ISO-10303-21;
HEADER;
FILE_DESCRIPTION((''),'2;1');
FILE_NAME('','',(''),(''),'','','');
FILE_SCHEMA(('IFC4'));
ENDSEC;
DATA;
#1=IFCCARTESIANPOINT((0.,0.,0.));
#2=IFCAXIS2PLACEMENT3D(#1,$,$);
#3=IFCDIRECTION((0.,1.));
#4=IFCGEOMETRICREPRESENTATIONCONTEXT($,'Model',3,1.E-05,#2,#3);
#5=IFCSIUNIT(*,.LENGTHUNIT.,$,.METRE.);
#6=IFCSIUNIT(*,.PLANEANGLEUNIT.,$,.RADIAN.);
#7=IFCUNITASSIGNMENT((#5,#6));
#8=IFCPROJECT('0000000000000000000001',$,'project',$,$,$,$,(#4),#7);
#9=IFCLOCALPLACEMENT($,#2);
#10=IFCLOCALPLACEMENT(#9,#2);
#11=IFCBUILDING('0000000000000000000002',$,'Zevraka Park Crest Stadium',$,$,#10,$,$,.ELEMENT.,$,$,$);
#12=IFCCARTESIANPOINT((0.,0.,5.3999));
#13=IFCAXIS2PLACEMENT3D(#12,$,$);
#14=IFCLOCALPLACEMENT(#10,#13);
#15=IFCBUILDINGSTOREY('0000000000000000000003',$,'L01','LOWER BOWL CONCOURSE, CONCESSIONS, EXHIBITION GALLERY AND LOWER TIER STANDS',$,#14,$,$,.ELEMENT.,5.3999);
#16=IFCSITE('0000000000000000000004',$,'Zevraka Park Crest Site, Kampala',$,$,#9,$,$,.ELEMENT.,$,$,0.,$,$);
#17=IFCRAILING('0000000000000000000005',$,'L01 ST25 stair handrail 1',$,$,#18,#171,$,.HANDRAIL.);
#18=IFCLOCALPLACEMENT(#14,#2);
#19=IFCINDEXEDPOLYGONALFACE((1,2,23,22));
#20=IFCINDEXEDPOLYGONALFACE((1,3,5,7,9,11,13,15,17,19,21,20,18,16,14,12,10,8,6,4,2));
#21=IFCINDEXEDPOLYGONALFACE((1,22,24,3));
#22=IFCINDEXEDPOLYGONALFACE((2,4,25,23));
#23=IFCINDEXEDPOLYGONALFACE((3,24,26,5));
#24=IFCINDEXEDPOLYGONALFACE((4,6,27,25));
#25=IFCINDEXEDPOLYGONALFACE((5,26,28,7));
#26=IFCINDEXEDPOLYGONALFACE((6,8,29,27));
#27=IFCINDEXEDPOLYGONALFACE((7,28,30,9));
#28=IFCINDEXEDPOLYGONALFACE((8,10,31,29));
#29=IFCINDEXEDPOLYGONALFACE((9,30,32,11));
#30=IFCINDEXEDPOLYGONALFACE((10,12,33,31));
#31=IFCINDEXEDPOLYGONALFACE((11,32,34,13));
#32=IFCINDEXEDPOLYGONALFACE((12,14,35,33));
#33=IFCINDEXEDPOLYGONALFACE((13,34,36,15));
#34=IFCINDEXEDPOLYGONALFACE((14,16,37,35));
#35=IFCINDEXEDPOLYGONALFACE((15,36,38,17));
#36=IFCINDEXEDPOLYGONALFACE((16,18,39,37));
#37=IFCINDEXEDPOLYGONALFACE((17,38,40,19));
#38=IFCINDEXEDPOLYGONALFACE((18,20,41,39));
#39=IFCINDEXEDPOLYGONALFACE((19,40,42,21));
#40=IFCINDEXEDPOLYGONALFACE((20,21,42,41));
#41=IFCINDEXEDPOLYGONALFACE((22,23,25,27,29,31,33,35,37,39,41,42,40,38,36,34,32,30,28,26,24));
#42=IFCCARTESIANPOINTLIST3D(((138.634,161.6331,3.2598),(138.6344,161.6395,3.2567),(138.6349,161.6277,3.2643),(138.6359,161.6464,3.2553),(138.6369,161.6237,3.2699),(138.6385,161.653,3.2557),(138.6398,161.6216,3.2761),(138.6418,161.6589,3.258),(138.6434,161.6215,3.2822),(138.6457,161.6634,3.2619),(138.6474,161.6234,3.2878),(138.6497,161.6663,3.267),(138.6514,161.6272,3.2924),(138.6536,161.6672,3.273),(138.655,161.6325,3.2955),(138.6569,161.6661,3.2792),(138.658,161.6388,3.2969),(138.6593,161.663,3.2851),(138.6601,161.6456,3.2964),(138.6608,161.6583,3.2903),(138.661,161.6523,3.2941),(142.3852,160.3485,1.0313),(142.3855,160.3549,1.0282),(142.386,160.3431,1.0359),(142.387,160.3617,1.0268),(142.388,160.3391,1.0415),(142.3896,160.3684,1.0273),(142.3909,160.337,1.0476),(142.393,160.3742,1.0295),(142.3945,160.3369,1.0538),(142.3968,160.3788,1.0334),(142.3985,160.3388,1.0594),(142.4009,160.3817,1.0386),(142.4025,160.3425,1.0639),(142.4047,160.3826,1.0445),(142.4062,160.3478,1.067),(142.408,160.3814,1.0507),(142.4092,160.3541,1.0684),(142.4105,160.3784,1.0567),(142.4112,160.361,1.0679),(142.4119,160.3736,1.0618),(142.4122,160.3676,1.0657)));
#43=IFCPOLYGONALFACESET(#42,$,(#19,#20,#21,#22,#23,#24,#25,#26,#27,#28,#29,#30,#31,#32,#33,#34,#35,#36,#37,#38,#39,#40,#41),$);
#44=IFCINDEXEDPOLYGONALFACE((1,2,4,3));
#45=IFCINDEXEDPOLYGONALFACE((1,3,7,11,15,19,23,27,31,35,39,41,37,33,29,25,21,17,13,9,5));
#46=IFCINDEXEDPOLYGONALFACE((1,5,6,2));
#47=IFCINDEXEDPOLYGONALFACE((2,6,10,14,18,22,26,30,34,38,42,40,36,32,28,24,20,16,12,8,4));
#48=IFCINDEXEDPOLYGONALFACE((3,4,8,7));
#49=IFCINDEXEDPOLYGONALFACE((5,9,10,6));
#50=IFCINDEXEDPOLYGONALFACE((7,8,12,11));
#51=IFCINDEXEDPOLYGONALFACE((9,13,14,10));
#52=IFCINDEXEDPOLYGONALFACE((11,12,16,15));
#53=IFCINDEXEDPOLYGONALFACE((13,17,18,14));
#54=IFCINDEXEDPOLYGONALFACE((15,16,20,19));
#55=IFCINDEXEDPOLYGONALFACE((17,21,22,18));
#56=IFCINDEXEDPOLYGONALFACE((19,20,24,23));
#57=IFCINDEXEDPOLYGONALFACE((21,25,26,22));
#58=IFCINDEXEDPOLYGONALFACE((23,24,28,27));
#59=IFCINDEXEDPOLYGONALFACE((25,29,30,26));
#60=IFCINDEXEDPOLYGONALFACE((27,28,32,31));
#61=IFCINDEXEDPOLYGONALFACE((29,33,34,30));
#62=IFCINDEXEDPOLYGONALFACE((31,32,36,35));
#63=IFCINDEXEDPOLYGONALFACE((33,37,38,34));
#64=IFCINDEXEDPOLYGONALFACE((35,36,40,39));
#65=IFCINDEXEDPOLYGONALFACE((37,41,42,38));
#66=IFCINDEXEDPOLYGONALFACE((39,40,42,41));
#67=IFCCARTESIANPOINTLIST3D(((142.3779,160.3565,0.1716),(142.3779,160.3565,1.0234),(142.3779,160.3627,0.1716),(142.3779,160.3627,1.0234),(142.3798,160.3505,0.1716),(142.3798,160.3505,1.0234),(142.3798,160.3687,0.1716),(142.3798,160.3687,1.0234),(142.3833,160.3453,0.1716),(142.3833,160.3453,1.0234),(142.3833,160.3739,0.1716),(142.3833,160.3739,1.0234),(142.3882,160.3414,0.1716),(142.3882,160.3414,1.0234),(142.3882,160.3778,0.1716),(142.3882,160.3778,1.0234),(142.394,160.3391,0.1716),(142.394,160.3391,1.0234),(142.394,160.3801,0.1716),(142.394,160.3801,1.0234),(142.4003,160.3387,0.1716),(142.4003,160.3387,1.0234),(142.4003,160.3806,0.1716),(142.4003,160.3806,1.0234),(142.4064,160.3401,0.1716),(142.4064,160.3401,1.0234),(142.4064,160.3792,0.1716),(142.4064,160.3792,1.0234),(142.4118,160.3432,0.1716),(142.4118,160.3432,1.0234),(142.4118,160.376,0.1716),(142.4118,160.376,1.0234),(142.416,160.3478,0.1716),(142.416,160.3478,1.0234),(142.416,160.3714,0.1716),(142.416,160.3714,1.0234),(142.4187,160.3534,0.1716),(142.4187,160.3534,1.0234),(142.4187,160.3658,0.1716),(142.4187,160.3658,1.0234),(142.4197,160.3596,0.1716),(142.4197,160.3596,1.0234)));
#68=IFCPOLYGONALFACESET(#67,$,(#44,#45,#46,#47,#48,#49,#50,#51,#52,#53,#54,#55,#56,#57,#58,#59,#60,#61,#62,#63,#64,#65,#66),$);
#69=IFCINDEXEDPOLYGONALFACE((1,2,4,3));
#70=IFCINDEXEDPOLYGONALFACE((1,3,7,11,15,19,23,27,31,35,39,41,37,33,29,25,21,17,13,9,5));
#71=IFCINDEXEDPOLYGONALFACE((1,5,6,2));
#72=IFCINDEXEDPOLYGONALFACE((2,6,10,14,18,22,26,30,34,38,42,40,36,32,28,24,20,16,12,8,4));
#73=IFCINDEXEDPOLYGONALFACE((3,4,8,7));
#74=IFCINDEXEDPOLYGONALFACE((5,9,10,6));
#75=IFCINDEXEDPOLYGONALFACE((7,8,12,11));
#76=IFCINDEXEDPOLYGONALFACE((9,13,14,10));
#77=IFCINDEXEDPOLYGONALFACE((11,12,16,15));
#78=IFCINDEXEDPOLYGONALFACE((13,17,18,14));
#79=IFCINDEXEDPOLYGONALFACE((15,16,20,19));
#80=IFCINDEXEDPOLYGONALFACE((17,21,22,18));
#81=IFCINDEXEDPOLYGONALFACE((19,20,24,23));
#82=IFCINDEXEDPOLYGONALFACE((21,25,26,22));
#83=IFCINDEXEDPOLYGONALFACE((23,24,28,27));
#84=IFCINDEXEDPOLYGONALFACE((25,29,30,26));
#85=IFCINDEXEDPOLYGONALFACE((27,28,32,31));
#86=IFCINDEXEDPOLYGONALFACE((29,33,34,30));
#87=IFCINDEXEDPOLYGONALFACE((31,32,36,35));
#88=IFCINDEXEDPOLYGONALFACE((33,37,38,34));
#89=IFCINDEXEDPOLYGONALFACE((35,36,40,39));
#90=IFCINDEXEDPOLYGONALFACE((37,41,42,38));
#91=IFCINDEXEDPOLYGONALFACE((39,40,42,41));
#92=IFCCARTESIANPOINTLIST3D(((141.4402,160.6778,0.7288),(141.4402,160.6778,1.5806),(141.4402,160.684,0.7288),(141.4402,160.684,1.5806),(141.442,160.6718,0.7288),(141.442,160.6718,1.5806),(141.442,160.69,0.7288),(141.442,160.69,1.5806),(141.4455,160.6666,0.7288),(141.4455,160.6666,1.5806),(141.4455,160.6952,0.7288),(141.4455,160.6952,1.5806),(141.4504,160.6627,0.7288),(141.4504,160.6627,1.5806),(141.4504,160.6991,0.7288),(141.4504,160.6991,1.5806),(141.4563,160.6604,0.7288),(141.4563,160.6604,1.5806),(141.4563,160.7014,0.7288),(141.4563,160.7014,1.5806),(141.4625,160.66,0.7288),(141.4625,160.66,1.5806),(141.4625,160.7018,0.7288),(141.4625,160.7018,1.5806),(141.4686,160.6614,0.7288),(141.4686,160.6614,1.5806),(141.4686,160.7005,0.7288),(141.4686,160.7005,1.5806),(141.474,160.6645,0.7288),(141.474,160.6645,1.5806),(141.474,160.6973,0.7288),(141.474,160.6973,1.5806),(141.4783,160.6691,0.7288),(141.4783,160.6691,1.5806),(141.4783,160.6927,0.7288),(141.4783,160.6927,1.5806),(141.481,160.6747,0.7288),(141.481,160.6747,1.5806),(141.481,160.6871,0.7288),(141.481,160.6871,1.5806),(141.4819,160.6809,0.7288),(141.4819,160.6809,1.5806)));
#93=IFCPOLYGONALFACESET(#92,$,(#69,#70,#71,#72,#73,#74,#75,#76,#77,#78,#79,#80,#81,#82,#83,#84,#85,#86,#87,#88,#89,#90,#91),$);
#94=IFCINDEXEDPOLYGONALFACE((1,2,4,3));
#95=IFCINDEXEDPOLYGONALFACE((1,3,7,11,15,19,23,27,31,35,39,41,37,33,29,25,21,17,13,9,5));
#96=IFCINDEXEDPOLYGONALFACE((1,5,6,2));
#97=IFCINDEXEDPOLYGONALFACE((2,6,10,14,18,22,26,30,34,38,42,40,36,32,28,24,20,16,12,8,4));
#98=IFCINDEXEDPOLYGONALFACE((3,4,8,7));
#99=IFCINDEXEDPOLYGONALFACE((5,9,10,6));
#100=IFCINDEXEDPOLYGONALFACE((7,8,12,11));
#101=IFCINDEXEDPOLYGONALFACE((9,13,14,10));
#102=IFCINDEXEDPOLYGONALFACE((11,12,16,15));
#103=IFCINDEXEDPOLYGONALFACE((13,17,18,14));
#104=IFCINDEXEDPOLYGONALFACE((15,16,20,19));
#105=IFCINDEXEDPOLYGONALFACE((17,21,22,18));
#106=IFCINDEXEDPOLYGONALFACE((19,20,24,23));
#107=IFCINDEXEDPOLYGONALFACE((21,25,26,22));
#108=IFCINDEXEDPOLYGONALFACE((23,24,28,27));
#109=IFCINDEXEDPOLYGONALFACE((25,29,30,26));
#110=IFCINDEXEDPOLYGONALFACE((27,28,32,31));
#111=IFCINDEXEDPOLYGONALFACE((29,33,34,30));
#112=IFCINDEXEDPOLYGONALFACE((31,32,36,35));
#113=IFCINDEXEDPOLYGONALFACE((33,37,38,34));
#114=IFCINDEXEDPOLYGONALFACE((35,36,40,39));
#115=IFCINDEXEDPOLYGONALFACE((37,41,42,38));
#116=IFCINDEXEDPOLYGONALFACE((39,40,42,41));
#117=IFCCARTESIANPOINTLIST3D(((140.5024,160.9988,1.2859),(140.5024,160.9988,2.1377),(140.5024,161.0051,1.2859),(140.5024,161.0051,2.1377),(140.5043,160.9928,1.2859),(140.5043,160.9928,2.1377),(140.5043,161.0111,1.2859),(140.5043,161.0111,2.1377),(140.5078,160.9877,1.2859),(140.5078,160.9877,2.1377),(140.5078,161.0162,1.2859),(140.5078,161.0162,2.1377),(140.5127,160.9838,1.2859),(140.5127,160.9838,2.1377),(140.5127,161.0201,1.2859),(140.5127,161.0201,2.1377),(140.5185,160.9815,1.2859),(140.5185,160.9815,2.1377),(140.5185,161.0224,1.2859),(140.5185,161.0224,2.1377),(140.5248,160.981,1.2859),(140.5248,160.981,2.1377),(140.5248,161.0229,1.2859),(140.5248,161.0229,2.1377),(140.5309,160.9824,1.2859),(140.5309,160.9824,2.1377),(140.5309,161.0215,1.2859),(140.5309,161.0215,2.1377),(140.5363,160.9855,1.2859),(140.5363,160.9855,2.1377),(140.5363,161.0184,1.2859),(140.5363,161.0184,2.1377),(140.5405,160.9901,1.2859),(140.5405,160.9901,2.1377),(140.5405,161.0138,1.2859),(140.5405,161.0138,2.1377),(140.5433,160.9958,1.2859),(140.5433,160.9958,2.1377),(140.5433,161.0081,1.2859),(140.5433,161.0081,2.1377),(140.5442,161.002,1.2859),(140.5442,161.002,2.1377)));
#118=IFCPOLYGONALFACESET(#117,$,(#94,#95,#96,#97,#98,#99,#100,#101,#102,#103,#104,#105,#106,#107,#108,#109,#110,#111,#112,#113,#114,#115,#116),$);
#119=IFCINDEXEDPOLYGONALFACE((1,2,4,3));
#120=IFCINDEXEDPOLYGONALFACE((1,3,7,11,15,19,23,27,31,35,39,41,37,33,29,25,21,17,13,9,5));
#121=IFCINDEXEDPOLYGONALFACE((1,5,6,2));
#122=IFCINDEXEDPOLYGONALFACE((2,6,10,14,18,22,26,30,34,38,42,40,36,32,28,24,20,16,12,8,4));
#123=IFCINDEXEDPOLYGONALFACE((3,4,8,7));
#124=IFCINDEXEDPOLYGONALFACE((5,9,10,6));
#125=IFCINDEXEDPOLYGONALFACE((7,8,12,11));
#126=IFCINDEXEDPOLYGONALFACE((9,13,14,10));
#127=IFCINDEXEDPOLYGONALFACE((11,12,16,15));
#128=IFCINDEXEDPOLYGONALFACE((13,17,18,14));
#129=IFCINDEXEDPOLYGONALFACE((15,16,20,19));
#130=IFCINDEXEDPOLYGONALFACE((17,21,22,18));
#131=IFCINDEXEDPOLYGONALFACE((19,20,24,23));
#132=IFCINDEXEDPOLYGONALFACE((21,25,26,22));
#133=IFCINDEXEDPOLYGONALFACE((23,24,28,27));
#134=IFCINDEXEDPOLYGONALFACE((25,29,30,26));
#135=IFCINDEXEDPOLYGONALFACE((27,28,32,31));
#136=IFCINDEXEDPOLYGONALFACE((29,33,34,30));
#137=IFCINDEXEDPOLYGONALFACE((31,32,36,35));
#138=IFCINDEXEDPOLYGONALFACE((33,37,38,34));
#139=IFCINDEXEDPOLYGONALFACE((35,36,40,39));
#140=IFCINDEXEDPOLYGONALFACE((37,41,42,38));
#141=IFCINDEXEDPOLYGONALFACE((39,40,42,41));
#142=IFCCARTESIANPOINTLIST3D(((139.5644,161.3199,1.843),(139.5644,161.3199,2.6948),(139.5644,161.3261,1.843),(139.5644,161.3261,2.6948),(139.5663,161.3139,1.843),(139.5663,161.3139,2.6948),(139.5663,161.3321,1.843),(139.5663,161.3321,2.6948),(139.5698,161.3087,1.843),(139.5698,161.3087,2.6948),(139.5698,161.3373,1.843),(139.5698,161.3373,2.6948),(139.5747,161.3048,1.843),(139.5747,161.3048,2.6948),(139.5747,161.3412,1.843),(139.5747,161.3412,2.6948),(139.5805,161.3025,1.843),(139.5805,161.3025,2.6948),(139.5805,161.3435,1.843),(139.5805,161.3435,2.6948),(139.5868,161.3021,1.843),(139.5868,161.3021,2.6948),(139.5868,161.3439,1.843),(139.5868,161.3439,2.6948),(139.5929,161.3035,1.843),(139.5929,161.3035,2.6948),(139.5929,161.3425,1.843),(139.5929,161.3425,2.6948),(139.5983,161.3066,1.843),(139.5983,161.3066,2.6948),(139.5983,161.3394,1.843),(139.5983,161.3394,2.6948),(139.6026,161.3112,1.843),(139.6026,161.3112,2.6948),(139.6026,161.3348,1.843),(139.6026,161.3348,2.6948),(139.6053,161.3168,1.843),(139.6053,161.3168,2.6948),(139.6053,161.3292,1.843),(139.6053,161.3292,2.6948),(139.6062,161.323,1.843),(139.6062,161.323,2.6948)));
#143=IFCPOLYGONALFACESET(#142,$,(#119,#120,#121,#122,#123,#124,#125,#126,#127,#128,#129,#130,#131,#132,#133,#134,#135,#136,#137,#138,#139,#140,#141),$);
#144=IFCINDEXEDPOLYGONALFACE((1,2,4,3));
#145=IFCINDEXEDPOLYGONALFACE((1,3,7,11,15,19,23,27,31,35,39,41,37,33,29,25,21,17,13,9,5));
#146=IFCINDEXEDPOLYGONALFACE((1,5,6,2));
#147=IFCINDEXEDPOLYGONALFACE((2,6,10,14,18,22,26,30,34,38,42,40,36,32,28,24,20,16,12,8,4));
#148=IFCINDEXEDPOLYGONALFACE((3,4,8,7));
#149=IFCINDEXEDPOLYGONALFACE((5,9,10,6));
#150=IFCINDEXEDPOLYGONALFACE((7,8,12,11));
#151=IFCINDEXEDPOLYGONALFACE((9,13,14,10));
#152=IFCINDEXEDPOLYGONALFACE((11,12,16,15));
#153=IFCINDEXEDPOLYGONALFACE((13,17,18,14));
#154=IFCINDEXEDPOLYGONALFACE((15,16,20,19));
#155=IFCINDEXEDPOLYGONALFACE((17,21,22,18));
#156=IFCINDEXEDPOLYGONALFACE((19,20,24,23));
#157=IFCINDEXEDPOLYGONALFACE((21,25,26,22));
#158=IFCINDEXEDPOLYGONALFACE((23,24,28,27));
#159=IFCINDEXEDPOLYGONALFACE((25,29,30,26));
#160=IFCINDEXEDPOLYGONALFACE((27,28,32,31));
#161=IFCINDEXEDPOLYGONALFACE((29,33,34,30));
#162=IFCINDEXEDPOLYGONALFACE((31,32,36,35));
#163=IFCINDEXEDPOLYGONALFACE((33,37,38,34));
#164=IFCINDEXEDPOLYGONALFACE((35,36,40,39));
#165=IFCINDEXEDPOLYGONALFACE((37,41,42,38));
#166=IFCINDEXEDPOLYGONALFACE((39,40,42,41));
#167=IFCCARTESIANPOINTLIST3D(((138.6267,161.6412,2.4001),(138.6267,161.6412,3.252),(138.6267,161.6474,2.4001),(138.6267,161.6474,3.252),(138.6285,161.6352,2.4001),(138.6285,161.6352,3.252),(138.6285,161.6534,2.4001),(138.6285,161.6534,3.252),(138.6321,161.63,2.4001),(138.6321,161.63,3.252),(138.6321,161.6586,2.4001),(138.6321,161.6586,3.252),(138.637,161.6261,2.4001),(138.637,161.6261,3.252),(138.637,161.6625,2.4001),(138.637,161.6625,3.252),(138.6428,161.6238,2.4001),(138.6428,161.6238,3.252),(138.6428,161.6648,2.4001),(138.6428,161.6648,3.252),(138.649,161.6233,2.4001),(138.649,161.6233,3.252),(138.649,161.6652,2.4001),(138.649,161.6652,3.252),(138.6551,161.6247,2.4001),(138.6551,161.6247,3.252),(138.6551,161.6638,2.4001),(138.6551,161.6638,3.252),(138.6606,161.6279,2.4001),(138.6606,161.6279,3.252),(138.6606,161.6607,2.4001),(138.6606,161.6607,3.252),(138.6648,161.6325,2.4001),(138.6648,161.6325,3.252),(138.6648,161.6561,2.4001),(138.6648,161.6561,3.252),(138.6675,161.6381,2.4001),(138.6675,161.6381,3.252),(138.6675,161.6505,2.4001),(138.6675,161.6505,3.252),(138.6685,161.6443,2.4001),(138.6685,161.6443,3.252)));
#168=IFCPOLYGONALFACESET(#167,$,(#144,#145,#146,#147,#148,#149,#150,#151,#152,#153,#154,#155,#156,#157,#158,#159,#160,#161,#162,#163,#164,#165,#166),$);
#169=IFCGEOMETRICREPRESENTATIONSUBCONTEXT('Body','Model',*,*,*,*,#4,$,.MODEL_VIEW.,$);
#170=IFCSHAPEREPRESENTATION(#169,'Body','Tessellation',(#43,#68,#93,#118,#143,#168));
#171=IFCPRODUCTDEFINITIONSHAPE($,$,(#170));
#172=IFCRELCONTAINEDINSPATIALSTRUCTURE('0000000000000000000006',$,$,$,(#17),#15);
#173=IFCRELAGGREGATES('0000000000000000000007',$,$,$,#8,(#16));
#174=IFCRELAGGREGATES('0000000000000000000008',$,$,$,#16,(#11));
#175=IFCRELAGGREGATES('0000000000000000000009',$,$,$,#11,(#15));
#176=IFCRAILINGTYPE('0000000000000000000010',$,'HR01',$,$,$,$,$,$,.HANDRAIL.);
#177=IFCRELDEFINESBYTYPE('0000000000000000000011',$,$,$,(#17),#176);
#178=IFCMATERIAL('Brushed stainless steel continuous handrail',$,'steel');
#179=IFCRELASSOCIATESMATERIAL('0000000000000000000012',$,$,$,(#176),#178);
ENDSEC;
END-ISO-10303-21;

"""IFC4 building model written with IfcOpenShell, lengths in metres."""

from ifc_helpers import new_model, si_unit, direction, frame, origin, origin_2d, place, context, subcontext, project, spatial, circle, extrude, material, type_object, element, save


model = new_model("IFC4")

# Units and contexts
model_context = context("Model", 3, precision=1e-05, world=origin(), true_north=direction((0.0, 1.0)))
body_context = subcontext(model_context, "Body", "Model", "MODEL_VIEW")
ifc_project = project(units=[si_unit("LENGTHUNIT", "METRE"), si_unit("PLANEANGLEUNIT", "RADIAN")], contexts=[model_context])

# Site, building, storey
site_placement = place(None, origin())
site = spatial("IfcSite", under=ifc_project, at=site_placement, Name="Zevraka Park Crest Site, Kampala", CompositionType="ELEMENT", RefElevation=0.0)
building_placement = place(site_placement, origin())
building = spatial("IfcBuilding", under=site, at=building_placement, Name="Zevraka Park Crest Stadium", CompositionType="ELEMENT")
storey_placement = place(building_placement, frame((0.0, 0.0, 5.3999)))
storey = spatial("IfcBuildingStorey", under=building, at=storey_placement, Name="L01", Description="LOWER BOWL CONCOURSE, CONCESSIONS, EXHIBITION GALLERY AND LOWER TIER STANDS", CompositionType="ELEMENT", Elevation=5.3999)

# Railing
ifc_material_1 = material(Name="Brushed stainless steel continuous handrail", Category="steel")
railing_type_1 = type_object("IfcRailingType", Name="HR01", PredefinedType="HANDRAIL", material=ifc_material_1)
railing_1_placement = place(storey_placement, frame((142.3987, 160.3596, 0.1716)))
element("IfcRailing", 1, at=railing_1_placement, inside=storey, type_object=railing_type_1, Name="L01 ST25 stair handrail 1", PredefinedType="HANDRAIL", context=body_context, shape_type="SweptSolid", body=[
    extrude(circle(Radius=0.0239, at=origin_2d()), frame((0.0, 0.0, 0.876), z_axis=(-0.824727, 0.282441, 0.489952), x_axis=(-0.323994, -0.946059, 0.0)), (0.0, 0.0, 1.0), 4.5483),
    extrude(circle(Radius=0.021, at=origin_2d()), origin(), (0.0, 0.0, 1.0), 0.8518),
    extrude(circle(Radius=0.021, at=origin_2d()), frame((-0.9377, 0.3213, 0.5571)), (0.0, 0.0, 1.0), 0.8518),
    extrude(circle(Radius=0.021, at=origin_2d()), frame((-1.8755, 0.6423, 1.1143)), (0.0, 0.0, 1.0), 0.8518),
    extrude(circle(Radius=0.021, at=origin_2d()), frame((-2.8135, 0.9634, 1.6714)), (0.0, 0.0, 1.0), 0.8518),
    extrude(circle(Radius=0.021, at=origin_2d()), frame((-3.7512, 1.2847, 2.2285)), (0.0, 0.0, 1.0), 0.8518),
])

save(model, "model.ifc")
